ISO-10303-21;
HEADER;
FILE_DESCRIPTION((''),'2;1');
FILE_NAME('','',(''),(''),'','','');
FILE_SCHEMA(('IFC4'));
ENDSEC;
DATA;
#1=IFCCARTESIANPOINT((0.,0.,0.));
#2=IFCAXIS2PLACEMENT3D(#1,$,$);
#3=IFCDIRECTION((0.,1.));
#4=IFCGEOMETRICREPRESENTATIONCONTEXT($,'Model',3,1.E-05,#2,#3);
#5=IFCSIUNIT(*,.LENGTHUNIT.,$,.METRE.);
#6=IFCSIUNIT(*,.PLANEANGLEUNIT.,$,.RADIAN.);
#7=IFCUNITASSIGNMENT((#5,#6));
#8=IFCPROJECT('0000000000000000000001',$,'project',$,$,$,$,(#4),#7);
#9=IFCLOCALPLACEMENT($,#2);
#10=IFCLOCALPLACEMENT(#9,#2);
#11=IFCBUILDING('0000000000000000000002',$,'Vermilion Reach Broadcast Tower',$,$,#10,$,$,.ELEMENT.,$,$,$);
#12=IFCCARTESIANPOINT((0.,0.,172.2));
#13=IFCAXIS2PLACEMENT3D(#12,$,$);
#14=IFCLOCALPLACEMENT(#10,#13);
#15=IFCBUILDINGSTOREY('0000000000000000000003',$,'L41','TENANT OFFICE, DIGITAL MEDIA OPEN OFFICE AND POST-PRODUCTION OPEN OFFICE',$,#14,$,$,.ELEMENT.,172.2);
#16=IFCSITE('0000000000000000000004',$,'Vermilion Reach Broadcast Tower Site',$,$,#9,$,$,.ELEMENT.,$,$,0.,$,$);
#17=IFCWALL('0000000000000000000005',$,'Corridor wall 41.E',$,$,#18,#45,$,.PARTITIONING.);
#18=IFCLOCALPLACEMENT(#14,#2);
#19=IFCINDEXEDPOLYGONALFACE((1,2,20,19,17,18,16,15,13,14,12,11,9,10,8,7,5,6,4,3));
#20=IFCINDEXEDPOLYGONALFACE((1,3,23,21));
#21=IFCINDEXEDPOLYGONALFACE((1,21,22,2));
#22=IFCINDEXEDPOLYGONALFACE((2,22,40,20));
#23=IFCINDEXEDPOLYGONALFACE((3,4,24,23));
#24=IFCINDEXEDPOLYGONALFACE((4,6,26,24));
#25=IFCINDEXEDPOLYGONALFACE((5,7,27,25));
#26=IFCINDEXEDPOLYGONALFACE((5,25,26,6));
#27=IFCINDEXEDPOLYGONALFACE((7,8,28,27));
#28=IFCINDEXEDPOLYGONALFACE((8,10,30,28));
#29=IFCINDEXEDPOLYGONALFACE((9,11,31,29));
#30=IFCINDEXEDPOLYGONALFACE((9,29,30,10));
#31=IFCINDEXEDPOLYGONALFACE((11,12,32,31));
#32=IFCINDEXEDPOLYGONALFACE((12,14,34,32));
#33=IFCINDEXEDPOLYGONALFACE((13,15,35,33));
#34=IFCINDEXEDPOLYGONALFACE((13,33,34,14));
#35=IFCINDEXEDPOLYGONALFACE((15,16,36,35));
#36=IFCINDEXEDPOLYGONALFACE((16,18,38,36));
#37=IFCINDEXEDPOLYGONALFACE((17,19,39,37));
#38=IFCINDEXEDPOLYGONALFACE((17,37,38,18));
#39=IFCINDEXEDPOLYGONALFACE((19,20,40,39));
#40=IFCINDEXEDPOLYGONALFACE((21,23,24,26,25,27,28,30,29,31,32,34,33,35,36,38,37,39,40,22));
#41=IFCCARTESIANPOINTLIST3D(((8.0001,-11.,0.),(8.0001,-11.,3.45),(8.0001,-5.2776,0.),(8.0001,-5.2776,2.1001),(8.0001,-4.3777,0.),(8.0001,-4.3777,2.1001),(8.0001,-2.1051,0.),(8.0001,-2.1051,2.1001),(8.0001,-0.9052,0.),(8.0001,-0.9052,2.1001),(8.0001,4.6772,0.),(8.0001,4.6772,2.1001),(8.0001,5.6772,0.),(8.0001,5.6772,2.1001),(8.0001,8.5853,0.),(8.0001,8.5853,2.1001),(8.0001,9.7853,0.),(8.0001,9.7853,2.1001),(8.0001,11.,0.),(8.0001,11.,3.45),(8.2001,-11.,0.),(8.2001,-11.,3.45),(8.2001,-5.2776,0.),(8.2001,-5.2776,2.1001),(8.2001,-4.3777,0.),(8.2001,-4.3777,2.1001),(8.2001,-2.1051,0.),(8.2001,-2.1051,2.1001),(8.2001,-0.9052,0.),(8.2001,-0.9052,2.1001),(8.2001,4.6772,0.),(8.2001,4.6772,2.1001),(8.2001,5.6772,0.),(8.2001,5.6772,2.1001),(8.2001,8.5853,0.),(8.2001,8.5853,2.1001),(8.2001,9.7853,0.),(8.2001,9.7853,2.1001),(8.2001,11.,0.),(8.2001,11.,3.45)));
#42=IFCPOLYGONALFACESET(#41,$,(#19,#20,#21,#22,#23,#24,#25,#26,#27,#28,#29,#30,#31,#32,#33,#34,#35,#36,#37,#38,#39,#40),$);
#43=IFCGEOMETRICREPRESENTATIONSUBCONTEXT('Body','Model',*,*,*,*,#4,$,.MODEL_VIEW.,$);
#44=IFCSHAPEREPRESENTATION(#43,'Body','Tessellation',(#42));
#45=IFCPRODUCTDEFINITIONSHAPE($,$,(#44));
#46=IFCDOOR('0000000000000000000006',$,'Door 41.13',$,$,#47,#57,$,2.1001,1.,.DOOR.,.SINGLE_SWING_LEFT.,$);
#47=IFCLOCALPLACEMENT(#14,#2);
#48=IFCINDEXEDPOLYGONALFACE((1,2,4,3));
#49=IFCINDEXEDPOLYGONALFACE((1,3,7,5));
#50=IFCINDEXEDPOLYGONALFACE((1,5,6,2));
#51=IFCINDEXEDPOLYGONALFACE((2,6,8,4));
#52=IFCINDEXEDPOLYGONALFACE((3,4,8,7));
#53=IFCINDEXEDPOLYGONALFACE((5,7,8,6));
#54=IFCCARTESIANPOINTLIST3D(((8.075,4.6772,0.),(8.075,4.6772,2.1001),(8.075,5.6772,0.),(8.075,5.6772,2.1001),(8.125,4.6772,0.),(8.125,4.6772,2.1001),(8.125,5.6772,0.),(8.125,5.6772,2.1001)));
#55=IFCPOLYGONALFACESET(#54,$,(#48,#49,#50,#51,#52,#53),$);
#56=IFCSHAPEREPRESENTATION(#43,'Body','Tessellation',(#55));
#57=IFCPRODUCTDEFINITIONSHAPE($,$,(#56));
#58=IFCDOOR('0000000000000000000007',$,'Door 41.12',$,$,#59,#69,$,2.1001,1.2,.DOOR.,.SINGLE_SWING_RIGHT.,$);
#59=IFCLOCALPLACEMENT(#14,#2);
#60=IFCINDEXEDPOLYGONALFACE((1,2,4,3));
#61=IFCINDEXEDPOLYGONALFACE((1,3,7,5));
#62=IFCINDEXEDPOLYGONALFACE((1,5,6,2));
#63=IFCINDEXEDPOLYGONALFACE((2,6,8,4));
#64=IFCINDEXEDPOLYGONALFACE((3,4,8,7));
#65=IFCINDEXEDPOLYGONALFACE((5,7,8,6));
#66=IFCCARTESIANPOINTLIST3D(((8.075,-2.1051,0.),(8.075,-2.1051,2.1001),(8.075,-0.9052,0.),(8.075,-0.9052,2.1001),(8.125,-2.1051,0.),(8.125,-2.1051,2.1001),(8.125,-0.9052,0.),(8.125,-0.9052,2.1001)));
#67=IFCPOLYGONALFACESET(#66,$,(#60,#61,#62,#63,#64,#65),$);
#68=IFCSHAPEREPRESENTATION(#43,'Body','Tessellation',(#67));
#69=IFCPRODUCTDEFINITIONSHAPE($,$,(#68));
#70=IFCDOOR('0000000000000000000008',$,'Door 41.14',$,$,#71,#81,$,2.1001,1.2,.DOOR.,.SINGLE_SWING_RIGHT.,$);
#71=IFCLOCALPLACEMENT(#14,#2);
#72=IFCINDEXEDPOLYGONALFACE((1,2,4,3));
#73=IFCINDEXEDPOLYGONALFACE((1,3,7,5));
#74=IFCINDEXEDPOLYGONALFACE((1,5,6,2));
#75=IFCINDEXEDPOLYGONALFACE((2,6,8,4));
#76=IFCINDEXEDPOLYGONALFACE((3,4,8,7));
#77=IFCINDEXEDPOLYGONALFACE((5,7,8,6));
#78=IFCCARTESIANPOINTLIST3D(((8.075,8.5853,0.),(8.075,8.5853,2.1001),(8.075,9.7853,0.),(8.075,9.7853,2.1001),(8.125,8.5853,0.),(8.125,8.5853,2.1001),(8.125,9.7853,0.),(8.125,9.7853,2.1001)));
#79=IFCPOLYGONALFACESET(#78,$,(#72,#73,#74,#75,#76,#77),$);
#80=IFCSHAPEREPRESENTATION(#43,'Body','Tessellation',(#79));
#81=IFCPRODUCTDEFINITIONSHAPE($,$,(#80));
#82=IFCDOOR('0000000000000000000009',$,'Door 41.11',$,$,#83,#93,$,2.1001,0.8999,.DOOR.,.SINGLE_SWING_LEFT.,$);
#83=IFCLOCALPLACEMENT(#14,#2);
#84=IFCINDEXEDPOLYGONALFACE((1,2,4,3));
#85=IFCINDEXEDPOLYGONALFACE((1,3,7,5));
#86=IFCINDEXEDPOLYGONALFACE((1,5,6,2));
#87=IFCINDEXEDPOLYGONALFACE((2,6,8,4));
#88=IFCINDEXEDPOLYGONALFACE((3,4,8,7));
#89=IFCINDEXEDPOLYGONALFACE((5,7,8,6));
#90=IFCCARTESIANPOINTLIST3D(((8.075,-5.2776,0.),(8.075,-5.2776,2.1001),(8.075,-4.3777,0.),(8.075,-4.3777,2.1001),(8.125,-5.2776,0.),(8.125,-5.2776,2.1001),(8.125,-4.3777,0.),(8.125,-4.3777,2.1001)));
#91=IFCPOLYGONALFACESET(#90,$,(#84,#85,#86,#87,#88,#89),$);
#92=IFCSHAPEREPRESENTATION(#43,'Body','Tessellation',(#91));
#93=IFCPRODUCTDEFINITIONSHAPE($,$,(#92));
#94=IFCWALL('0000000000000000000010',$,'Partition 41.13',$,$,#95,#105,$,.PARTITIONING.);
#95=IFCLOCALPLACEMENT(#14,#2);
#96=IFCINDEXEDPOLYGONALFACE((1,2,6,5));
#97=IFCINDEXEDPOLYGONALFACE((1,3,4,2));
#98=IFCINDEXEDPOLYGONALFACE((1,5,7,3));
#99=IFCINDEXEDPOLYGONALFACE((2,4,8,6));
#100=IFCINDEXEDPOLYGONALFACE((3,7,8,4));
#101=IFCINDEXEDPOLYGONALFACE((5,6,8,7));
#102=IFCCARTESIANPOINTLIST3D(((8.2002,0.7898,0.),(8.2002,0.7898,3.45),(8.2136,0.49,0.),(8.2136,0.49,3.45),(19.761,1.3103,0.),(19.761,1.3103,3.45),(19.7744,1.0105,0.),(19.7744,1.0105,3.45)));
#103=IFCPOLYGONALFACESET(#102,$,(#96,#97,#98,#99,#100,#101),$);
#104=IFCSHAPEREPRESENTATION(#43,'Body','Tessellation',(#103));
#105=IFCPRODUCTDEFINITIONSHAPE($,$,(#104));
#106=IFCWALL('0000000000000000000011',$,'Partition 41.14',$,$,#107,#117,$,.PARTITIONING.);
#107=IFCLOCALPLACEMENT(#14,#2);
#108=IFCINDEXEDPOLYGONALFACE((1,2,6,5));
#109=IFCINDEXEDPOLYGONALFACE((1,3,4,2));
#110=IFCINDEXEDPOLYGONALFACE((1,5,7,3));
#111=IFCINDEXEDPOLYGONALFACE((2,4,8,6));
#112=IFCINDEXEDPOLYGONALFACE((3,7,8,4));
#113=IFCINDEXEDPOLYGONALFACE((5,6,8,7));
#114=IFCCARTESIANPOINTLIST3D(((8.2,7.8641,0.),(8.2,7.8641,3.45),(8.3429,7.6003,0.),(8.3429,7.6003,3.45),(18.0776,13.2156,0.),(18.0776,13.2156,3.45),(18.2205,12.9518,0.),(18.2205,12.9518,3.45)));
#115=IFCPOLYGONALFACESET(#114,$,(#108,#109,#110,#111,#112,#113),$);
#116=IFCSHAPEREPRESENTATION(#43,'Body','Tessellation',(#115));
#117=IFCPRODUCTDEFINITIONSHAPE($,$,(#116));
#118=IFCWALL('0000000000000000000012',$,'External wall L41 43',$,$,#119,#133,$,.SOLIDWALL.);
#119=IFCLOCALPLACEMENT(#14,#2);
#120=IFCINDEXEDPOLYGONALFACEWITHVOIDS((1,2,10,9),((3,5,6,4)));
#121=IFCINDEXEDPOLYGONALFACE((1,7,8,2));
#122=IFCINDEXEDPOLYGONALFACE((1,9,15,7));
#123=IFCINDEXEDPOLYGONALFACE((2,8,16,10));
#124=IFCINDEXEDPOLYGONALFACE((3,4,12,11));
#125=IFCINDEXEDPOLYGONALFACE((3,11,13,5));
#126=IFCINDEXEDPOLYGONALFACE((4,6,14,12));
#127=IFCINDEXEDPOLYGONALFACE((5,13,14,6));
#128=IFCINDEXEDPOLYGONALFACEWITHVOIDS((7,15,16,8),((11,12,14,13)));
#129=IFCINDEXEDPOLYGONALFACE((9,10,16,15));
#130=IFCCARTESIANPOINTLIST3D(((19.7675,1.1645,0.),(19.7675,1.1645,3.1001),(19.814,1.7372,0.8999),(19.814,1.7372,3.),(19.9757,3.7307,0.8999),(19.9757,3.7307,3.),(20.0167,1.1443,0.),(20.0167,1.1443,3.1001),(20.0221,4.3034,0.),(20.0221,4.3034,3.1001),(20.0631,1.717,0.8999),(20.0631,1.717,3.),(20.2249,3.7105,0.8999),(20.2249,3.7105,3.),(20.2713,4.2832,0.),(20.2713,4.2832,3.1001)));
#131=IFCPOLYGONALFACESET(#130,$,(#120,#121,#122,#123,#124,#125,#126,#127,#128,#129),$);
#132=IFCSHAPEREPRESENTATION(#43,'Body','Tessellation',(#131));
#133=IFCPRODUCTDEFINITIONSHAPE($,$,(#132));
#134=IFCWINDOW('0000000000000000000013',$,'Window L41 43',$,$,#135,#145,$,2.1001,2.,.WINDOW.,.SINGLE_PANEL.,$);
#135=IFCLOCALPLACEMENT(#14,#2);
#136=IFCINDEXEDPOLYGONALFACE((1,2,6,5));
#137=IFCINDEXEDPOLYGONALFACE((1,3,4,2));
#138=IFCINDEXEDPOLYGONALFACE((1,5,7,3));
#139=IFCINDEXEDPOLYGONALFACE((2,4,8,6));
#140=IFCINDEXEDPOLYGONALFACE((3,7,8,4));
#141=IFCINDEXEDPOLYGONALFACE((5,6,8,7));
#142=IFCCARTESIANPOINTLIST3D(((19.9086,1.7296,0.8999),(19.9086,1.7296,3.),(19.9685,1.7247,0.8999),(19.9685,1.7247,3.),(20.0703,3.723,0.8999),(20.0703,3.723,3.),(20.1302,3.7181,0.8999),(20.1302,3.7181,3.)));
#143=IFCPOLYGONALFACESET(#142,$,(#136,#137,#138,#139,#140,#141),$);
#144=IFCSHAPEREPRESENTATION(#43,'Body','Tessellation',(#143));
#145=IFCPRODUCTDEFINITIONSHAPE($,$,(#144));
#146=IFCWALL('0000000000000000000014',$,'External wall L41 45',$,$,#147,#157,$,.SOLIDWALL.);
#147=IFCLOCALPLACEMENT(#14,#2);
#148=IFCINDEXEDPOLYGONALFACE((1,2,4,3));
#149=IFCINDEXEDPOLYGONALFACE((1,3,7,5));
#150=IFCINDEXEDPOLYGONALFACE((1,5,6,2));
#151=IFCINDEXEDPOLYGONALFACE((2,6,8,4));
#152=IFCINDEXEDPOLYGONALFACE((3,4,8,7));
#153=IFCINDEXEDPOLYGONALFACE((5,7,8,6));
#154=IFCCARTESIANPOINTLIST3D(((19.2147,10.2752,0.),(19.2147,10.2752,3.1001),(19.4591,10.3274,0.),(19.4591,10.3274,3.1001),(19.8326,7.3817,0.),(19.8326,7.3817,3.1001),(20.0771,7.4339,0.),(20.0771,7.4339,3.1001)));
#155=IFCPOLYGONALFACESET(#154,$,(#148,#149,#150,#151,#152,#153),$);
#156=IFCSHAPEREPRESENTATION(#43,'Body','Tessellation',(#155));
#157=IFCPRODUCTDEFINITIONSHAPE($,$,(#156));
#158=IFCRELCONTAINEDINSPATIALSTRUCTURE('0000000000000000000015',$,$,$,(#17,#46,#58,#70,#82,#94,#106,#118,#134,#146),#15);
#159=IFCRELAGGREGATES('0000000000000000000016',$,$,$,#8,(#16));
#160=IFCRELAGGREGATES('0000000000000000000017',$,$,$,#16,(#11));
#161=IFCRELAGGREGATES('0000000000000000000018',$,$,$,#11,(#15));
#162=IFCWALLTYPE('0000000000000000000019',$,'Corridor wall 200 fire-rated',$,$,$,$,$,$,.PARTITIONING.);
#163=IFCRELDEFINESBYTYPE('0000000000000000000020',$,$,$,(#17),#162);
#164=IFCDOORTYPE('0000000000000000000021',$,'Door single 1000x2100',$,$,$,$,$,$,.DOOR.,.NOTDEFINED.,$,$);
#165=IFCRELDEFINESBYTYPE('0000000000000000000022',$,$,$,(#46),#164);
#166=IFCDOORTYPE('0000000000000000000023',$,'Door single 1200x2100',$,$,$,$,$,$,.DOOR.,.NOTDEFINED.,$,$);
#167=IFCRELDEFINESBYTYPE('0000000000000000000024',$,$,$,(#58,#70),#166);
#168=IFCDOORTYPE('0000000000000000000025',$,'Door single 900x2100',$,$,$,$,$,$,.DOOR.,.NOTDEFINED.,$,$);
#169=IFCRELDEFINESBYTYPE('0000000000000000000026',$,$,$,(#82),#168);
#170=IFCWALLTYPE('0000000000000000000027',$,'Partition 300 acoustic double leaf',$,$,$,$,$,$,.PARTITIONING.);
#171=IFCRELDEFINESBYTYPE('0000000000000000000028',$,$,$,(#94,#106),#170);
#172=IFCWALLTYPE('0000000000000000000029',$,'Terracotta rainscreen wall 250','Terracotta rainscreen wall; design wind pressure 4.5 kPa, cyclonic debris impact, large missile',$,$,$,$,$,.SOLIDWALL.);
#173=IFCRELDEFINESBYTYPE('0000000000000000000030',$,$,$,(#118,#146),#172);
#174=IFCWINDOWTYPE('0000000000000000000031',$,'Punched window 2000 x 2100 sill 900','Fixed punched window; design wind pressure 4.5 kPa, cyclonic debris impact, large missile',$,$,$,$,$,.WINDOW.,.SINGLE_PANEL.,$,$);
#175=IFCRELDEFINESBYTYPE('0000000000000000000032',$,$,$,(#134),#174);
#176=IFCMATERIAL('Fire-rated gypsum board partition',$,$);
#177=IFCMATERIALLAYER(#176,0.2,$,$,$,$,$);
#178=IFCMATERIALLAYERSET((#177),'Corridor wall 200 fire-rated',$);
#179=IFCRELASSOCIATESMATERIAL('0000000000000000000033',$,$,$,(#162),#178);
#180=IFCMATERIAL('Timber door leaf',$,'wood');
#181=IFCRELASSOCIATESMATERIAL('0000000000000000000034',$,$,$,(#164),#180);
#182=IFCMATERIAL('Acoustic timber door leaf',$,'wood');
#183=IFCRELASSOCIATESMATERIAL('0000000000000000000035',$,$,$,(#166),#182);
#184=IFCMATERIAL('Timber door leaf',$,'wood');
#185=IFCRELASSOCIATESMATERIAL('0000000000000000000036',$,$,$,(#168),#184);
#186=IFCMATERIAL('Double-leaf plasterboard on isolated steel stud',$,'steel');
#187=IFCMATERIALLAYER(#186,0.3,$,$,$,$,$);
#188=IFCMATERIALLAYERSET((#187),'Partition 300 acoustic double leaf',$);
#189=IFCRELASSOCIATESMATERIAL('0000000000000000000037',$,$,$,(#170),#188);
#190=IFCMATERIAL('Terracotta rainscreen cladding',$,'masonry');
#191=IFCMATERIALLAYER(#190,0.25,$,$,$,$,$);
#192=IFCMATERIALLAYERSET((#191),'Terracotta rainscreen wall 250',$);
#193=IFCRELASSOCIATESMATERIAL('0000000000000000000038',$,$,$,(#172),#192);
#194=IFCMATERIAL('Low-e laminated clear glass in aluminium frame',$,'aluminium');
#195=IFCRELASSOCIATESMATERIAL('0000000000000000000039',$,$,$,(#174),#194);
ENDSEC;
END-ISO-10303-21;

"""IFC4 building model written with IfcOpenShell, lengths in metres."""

from ifc_helpers import new_model, si_unit, direction, frame, frame_2d, origin, place, context, subcontext, project, spatial, rectangle, extrude, material, layer, layer_set, type_object, element, fill, save


model = new_model("IFC4")

# Units and contexts
model_context = context("Model", 3, precision=1e-05, world=origin(), true_north=direction((0.0, 1.0)))
body_context = subcontext(model_context, "Body", "Model", "MODEL_VIEW")
ifc_project = project(units=[si_unit("LENGTHUNIT", "METRE"), si_unit("PLANEANGLEUNIT", "RADIAN")], contexts=[model_context])

# Site, building, storey
site_placement = place(None, origin())
site = spatial("IfcSite", under=ifc_project, at=site_placement, Name="Vermilion Reach Broadcast Tower Site", CompositionType="ELEMENT", RefElevation=0.0)
building_placement = place(site_placement, origin())
building = spatial("IfcBuilding", under=site, at=building_placement, Name="Vermilion Reach Broadcast Tower", CompositionType="ELEMENT")
storey_placement = place(building_placement, frame((0.0, 0.0, 172.2)))
storey = spatial("IfcBuildingStorey", under=building, at=storey_placement, Name="L41", Description="TENANT OFFICE, DIGITAL MEDIA OPEN OFFICE AND POST-PRODUCTION OPEN OFFICE", CompositionType="ELEMENT", Elevation=172.2)

# Wall, openings, doors
ifc_material_1 = material(Name="Fire-rated gypsum board partition")
ifc_layer_1 = layer(ifc_material_1, 0.2)
ifc_layer_set_1 = layer_set([ifc_layer_1], Name="Corridor wall 200 fire-rated")
wall_type_1 = type_object("IfcWallType", Name="Corridor wall 200 fire-rated", PredefinedType="PARTITIONING", material=ifc_layer_set_1)
wall_1_placement = place(storey_placement, frame((8.1001, 11.0, 0.0), z_axis=(0.0, 0.0, 1.0), x_axis=(0.0, -1.0, 0.0)))
wall_1 = element("IfcWall", 1, at=wall_1_placement, inside=storey, type_object=wall_type_1, Name="Corridor wall 41.E", PredefinedType="PARTITIONING", context=body_context, shape_type="SweptSolid", body=[
    extrude(rectangle(XDim=22.0, YDim=0.2, at=frame_2d((11.0, 0.0))), origin(), (0.0, 0.0, 1.0), 3.45),
])
opening_1_placement = place(wall_1_placement, frame((15.3777, 0.0, 0.0)))
opening_1 = element("IfcOpeningElement", 2, at=opening_1_placement, cuts=wall_1, PredefinedType="OPENING", context=body_context, shape_type="SweptSolid", body=[
    extrude(rectangle(XDim=0.8999, YDim=2.1001, at=frame_2d((0.45, 1.05))), frame((0.0, 0.1099, 0.0), z_axis=(0.0, -1.0, 0.0), x_axis=(1.0, 0.0, 0.0)), (0.0, 0.0, 1.0), 0.22),
])
opening_2_placement = place(wall_1_placement, frame((11.905, 0.0, 0.0)))
opening_2 = element("IfcOpeningElement", 3, at=opening_2_placement, cuts=wall_1, PredefinedType="OPENING", context=body_context, shape_type="SweptSolid", body=[
    extrude(rectangle(XDim=1.2, YDim=2.1001, at=frame_2d((0.6001, 1.05))), frame((0.0, 0.1099, 0.0), z_axis=(0.0, -1.0, 0.0), x_axis=(1.0, 0.0, 0.0)), (0.0, 0.0, 1.0), 0.22),
])
opening_3_placement = place(wall_1_placement, frame((5.3228, 0.0, 0.0)))
opening_3 = element("IfcOpeningElement", 4, at=opening_3_placement, cuts=wall_1, PredefinedType="OPENING", context=body_context, shape_type="SweptSolid", body=[
    extrude(rectangle(XDim=1.0, YDim=2.1001, at=frame_2d((0.5, 1.05))), frame((0.0, 0.1099, 0.0), z_axis=(0.0, -1.0, 0.0), x_axis=(1.0, 0.0, 0.0)), (0.0, 0.0, 1.0), 0.22),
])
opening_4_placement = place(wall_1_placement, frame((1.2146, 0.0, 0.0)))
opening_4 = element("IfcOpeningElement", 5, at=opening_4_placement, cuts=wall_1, PredefinedType="OPENING", context=body_context, shape_type="SweptSolid", body=[
    extrude(rectangle(XDim=1.2, YDim=2.1001, at=frame_2d((0.6001, 1.05))), frame((0.0, 0.1099, 0.0), z_axis=(0.0, -1.0, 0.0), x_axis=(1.0, 0.0, 0.0)), (0.0, 0.0, 1.0), 0.22),
])
ifc_material_2 = material(Name="Timber door leaf", Category="wood")
door_type_1 = type_object("IfcDoorType", Name="Door single 1000x2100", OperationType="NOTDEFINED", PredefinedType="DOOR", material=ifc_material_2)
door_1_placement = place(opening_3_placement, origin())
door_1 = element("IfcDoor", 6, at=door_1_placement, inside=storey, type_object=door_type_1, Name="Door 41.13", OperationType="SINGLE_SWING_LEFT", OverallHeight=2.1001, OverallWidth=1.0, PredefinedType="DOOR", context=body_context, shape_type="SweptSolid", body=[
    extrude(rectangle(XDim=1.0, YDim=2.1001, at=frame_2d((0.5, 1.05))), frame((0.0, 0.0249, 0.0), z_axis=(0.0, -1.0, 0.0), x_axis=(1.0, 0.0, 0.0)), (0.0, 0.0, 1.0), 0.05),
])
fill(opening_3, door_1)
ifc_material_3 = material(Name="Acoustic timber door leaf", Category="wood")
door_type_2 = type_object("IfcDoorType", Name="Door single 1200x2100", OperationType="NOTDEFINED", PredefinedType="DOOR", material=ifc_material_3)
door_2_placement = place(opening_2_placement, origin())
door_2 = element("IfcDoor", 7, at=door_2_placement, inside=storey, type_object=door_type_2, Name="Door 41.12", OperationType="SINGLE_SWING_RIGHT", OverallHeight=2.1001, OverallWidth=1.2, PredefinedType="DOOR", context=body_context, shape_type="SweptSolid", body=[
    extrude(rectangle(XDim=1.2, YDim=2.1001, at=frame_2d((0.6001, 1.05))), frame((0.0, 0.0249, 0.0), z_axis=(0.0, -1.0, 0.0), x_axis=(1.0, 0.0, 0.0)), (0.0, 0.0, 1.0), 0.05),
])
fill(opening_2, door_2)
door_3_placement = place(opening_4_placement, origin())
door_3 = element("IfcDoor", 8, at=door_3_placement, inside=storey, type_object=door_type_2, Name="Door 41.14", OperationType="SINGLE_SWING_RIGHT", OverallHeight=2.1001, OverallWidth=1.2, PredefinedType="DOOR", context=body_context, shape_type="SweptSolid", body=[
    extrude(rectangle(XDim=1.2, YDim=2.1001, at=frame_2d((0.6001, 1.05))), frame((0.0, 0.0249, 0.0), z_axis=(0.0, -1.0, 0.0), x_axis=(1.0, 0.0, 0.0)), (0.0, 0.0, 1.0), 0.05),
])
fill(opening_4, door_3)
ifc_material_4 = material(Name="Timber door leaf", Category="wood")
door_type_3 = type_object("IfcDoorType", Name="Door single 900x2100", OperationType="NOTDEFINED", PredefinedType="DOOR", material=ifc_material_4)
door_4_placement = place(opening_1_placement, origin())
door_4 = element("IfcDoor", 9, at=door_4_placement, inside=storey, type_object=door_type_3, Name="Door 41.11", OperationType="SINGLE_SWING_LEFT", OverallHeight=2.1001, OverallWidth=0.8999, PredefinedType="DOOR", context=body_context, shape_type="SweptSolid", body=[
    extrude(rectangle(XDim=0.8999, YDim=2.1001, at=frame_2d((0.45, 1.05))), frame((0.0, 0.0249, 0.0), z_axis=(0.0, -1.0, 0.0), x_axis=(1.0, 0.0, 0.0)), (0.0, 0.0, 1.0), 0.05),
])
fill(opening_1, door_4)

# Walls
ifc_material_5 = material(Name="Double-leaf plasterboard on isolated steel stud", Category="steel")
ifc_layer_2 = layer(ifc_material_5, 0.3)
ifc_layer_set_2 = layer_set([ifc_layer_2], Name="Partition 300 acoustic double leaf")
wall_type_2 = type_object("IfcWallType", Name="Partition 300 acoustic double leaf", PredefinedType="PARTITIONING", material=ifc_layer_set_2)
wall_2_placement = place(storey_placement, frame((19.7676, 1.1604, 0.0), z_axis=(0.0, 0.0, 1.0), x_axis=(-0.998988, -0.044978, 0.0)))
element("IfcWall", 10, at=wall_2_placement, inside=storey, type_object=wall_type_2, Name="Partition 41.13", PredefinedType="PARTITIONING", context=body_context, shape_type="SweptSolid", body=[
    extrude(rectangle(XDim=11.5725, YDim=0.3, at=frame_2d((5.7861, 0.0))), origin(), (0.0, 0.0, 1.0), 3.45),
])
wall_3_placement = place(storey_placement, frame((18.1492, 13.0837, 0.0), z_axis=(0.0, 0.0, 1.0), x_axis=(-0.879249, -0.476362, 0.0)))
element("IfcWall", 11, at=wall_3_placement, inside=storey, type_object=wall_type_2, Name="Partition 41.14", PredefinedType="PARTITIONING", context=body_context, shape_type="SweptSolid", body=[
    extrude(rectangle(XDim=11.2341, YDim=0.3, at=frame_2d((5.6172, 0.0))), origin(), (0.0, 0.0, 1.0), 3.45),
])

# Wall, opening, window
ifc_material_6 = material(Name="Terracotta rainscreen cladding", Category="masonry")
ifc_layer_3 = layer(ifc_material_6, 0.25)
ifc_layer_set_3 = layer_set([ifc_layer_3], Name="Terracotta rainscreen wall 250")
wall_type_3 = type_object("IfcWallType", Name="Terracotta rainscreen wall 250", Description="Terracotta rainscreen wall; design wind pressure 4.5 kPa, cyclonic debris impact, large missile", PredefinedType="SOLIDWALL", material=ifc_layer_set_3)
wall_4_placement = place(storey_placement, frame((19.8921, 1.1543, 0.0), z_axis=(0.0, 0.0, 1.0), x_axis=(0.080857, 0.996726, 0.0)))
wall_4 = element("IfcWall", 12, at=wall_4_placement, inside=storey, type_object=wall_type_3, Name="External wall L41 43", PredefinedType="SOLIDWALL", context=body_context, shape_type="SweptSolid", body=[
    extrude(rectangle(XDim=3.1492, YDim=0.25, at=frame_2d((1.5747, 0.0))), origin(), (0.0, 0.0, 1.0), 3.1001),
])
opening_5_placement = place(wall_4_placement, frame((0.5747, 0.0, 0.8999)))
opening_5 = element("IfcOpeningElement", 13, at=opening_5_placement, cuts=wall_4, PredefinedType="OPENING", context=body_context, shape_type="SweptSolid", body=[
    extrude(rectangle(XDim=2.0, YDim=2.1001, at=frame_2d((1.0, 1.05))), frame((0.0, 0.135, 0.0), z_axis=(0.0, -1.0, 0.0), x_axis=(1.0, 0.0, 0.0)), (0.0, 0.0, 1.0), 0.27),
])
ifc_material_7 = material(Name="Low-e laminated clear glass in aluminium frame", Category="aluminium")
window_type = type_object("IfcWindowType", Name="Punched window 2000 x 2100 sill 900", Description="Fixed punched window; design wind pressure 4.5 kPa, cyclonic debris impact, large missile", PartitioningType="SINGLE_PANEL", PredefinedType="WINDOW", material=ifc_material_7)
window_placement = place(opening_5_placement, origin())
window = element("IfcWindow", 14, at=window_placement, inside=storey, type_object=window_type, Name="Window L41 43", OverallHeight=2.1001, OverallWidth=2.0, PartitioningType="SINGLE_PANEL", PredefinedType="WINDOW", context=body_context, shape_type="SweptSolid", body=[
    extrude(rectangle(XDim=2.0, YDim=2.1001, at=frame_2d((1.0, 1.05))), frame((0.0, 0.03, 0.0), z_axis=(0.0, -1.0, 0.0), x_axis=(1.0, 0.0, 0.0)), (0.0, 0.0, 1.0), 0.0601),
])
fill(opening_5, window)

# Wall
wall_5_placement = place(storey_placement, frame((19.9548, 7.4077, 0.0), z_axis=(0.0, 0.0, 1.0), x_axis=(-0.208842, 0.977949, 0.0)))
element("IfcWall", 15, at=wall_5_placement, inside=storey, type_object=wall_type_3, Name="External wall L41 45", PredefinedType="SOLIDWALL", context=body_context, shape_type="SweptSolid", body=[
    extrude(rectangle(XDim=2.9587, YDim=0.25, at=frame_2d((1.4795, 0.0))), origin(), (0.0, 0.0, 1.0), 3.1001),
])

save(model, "model.ifc")
